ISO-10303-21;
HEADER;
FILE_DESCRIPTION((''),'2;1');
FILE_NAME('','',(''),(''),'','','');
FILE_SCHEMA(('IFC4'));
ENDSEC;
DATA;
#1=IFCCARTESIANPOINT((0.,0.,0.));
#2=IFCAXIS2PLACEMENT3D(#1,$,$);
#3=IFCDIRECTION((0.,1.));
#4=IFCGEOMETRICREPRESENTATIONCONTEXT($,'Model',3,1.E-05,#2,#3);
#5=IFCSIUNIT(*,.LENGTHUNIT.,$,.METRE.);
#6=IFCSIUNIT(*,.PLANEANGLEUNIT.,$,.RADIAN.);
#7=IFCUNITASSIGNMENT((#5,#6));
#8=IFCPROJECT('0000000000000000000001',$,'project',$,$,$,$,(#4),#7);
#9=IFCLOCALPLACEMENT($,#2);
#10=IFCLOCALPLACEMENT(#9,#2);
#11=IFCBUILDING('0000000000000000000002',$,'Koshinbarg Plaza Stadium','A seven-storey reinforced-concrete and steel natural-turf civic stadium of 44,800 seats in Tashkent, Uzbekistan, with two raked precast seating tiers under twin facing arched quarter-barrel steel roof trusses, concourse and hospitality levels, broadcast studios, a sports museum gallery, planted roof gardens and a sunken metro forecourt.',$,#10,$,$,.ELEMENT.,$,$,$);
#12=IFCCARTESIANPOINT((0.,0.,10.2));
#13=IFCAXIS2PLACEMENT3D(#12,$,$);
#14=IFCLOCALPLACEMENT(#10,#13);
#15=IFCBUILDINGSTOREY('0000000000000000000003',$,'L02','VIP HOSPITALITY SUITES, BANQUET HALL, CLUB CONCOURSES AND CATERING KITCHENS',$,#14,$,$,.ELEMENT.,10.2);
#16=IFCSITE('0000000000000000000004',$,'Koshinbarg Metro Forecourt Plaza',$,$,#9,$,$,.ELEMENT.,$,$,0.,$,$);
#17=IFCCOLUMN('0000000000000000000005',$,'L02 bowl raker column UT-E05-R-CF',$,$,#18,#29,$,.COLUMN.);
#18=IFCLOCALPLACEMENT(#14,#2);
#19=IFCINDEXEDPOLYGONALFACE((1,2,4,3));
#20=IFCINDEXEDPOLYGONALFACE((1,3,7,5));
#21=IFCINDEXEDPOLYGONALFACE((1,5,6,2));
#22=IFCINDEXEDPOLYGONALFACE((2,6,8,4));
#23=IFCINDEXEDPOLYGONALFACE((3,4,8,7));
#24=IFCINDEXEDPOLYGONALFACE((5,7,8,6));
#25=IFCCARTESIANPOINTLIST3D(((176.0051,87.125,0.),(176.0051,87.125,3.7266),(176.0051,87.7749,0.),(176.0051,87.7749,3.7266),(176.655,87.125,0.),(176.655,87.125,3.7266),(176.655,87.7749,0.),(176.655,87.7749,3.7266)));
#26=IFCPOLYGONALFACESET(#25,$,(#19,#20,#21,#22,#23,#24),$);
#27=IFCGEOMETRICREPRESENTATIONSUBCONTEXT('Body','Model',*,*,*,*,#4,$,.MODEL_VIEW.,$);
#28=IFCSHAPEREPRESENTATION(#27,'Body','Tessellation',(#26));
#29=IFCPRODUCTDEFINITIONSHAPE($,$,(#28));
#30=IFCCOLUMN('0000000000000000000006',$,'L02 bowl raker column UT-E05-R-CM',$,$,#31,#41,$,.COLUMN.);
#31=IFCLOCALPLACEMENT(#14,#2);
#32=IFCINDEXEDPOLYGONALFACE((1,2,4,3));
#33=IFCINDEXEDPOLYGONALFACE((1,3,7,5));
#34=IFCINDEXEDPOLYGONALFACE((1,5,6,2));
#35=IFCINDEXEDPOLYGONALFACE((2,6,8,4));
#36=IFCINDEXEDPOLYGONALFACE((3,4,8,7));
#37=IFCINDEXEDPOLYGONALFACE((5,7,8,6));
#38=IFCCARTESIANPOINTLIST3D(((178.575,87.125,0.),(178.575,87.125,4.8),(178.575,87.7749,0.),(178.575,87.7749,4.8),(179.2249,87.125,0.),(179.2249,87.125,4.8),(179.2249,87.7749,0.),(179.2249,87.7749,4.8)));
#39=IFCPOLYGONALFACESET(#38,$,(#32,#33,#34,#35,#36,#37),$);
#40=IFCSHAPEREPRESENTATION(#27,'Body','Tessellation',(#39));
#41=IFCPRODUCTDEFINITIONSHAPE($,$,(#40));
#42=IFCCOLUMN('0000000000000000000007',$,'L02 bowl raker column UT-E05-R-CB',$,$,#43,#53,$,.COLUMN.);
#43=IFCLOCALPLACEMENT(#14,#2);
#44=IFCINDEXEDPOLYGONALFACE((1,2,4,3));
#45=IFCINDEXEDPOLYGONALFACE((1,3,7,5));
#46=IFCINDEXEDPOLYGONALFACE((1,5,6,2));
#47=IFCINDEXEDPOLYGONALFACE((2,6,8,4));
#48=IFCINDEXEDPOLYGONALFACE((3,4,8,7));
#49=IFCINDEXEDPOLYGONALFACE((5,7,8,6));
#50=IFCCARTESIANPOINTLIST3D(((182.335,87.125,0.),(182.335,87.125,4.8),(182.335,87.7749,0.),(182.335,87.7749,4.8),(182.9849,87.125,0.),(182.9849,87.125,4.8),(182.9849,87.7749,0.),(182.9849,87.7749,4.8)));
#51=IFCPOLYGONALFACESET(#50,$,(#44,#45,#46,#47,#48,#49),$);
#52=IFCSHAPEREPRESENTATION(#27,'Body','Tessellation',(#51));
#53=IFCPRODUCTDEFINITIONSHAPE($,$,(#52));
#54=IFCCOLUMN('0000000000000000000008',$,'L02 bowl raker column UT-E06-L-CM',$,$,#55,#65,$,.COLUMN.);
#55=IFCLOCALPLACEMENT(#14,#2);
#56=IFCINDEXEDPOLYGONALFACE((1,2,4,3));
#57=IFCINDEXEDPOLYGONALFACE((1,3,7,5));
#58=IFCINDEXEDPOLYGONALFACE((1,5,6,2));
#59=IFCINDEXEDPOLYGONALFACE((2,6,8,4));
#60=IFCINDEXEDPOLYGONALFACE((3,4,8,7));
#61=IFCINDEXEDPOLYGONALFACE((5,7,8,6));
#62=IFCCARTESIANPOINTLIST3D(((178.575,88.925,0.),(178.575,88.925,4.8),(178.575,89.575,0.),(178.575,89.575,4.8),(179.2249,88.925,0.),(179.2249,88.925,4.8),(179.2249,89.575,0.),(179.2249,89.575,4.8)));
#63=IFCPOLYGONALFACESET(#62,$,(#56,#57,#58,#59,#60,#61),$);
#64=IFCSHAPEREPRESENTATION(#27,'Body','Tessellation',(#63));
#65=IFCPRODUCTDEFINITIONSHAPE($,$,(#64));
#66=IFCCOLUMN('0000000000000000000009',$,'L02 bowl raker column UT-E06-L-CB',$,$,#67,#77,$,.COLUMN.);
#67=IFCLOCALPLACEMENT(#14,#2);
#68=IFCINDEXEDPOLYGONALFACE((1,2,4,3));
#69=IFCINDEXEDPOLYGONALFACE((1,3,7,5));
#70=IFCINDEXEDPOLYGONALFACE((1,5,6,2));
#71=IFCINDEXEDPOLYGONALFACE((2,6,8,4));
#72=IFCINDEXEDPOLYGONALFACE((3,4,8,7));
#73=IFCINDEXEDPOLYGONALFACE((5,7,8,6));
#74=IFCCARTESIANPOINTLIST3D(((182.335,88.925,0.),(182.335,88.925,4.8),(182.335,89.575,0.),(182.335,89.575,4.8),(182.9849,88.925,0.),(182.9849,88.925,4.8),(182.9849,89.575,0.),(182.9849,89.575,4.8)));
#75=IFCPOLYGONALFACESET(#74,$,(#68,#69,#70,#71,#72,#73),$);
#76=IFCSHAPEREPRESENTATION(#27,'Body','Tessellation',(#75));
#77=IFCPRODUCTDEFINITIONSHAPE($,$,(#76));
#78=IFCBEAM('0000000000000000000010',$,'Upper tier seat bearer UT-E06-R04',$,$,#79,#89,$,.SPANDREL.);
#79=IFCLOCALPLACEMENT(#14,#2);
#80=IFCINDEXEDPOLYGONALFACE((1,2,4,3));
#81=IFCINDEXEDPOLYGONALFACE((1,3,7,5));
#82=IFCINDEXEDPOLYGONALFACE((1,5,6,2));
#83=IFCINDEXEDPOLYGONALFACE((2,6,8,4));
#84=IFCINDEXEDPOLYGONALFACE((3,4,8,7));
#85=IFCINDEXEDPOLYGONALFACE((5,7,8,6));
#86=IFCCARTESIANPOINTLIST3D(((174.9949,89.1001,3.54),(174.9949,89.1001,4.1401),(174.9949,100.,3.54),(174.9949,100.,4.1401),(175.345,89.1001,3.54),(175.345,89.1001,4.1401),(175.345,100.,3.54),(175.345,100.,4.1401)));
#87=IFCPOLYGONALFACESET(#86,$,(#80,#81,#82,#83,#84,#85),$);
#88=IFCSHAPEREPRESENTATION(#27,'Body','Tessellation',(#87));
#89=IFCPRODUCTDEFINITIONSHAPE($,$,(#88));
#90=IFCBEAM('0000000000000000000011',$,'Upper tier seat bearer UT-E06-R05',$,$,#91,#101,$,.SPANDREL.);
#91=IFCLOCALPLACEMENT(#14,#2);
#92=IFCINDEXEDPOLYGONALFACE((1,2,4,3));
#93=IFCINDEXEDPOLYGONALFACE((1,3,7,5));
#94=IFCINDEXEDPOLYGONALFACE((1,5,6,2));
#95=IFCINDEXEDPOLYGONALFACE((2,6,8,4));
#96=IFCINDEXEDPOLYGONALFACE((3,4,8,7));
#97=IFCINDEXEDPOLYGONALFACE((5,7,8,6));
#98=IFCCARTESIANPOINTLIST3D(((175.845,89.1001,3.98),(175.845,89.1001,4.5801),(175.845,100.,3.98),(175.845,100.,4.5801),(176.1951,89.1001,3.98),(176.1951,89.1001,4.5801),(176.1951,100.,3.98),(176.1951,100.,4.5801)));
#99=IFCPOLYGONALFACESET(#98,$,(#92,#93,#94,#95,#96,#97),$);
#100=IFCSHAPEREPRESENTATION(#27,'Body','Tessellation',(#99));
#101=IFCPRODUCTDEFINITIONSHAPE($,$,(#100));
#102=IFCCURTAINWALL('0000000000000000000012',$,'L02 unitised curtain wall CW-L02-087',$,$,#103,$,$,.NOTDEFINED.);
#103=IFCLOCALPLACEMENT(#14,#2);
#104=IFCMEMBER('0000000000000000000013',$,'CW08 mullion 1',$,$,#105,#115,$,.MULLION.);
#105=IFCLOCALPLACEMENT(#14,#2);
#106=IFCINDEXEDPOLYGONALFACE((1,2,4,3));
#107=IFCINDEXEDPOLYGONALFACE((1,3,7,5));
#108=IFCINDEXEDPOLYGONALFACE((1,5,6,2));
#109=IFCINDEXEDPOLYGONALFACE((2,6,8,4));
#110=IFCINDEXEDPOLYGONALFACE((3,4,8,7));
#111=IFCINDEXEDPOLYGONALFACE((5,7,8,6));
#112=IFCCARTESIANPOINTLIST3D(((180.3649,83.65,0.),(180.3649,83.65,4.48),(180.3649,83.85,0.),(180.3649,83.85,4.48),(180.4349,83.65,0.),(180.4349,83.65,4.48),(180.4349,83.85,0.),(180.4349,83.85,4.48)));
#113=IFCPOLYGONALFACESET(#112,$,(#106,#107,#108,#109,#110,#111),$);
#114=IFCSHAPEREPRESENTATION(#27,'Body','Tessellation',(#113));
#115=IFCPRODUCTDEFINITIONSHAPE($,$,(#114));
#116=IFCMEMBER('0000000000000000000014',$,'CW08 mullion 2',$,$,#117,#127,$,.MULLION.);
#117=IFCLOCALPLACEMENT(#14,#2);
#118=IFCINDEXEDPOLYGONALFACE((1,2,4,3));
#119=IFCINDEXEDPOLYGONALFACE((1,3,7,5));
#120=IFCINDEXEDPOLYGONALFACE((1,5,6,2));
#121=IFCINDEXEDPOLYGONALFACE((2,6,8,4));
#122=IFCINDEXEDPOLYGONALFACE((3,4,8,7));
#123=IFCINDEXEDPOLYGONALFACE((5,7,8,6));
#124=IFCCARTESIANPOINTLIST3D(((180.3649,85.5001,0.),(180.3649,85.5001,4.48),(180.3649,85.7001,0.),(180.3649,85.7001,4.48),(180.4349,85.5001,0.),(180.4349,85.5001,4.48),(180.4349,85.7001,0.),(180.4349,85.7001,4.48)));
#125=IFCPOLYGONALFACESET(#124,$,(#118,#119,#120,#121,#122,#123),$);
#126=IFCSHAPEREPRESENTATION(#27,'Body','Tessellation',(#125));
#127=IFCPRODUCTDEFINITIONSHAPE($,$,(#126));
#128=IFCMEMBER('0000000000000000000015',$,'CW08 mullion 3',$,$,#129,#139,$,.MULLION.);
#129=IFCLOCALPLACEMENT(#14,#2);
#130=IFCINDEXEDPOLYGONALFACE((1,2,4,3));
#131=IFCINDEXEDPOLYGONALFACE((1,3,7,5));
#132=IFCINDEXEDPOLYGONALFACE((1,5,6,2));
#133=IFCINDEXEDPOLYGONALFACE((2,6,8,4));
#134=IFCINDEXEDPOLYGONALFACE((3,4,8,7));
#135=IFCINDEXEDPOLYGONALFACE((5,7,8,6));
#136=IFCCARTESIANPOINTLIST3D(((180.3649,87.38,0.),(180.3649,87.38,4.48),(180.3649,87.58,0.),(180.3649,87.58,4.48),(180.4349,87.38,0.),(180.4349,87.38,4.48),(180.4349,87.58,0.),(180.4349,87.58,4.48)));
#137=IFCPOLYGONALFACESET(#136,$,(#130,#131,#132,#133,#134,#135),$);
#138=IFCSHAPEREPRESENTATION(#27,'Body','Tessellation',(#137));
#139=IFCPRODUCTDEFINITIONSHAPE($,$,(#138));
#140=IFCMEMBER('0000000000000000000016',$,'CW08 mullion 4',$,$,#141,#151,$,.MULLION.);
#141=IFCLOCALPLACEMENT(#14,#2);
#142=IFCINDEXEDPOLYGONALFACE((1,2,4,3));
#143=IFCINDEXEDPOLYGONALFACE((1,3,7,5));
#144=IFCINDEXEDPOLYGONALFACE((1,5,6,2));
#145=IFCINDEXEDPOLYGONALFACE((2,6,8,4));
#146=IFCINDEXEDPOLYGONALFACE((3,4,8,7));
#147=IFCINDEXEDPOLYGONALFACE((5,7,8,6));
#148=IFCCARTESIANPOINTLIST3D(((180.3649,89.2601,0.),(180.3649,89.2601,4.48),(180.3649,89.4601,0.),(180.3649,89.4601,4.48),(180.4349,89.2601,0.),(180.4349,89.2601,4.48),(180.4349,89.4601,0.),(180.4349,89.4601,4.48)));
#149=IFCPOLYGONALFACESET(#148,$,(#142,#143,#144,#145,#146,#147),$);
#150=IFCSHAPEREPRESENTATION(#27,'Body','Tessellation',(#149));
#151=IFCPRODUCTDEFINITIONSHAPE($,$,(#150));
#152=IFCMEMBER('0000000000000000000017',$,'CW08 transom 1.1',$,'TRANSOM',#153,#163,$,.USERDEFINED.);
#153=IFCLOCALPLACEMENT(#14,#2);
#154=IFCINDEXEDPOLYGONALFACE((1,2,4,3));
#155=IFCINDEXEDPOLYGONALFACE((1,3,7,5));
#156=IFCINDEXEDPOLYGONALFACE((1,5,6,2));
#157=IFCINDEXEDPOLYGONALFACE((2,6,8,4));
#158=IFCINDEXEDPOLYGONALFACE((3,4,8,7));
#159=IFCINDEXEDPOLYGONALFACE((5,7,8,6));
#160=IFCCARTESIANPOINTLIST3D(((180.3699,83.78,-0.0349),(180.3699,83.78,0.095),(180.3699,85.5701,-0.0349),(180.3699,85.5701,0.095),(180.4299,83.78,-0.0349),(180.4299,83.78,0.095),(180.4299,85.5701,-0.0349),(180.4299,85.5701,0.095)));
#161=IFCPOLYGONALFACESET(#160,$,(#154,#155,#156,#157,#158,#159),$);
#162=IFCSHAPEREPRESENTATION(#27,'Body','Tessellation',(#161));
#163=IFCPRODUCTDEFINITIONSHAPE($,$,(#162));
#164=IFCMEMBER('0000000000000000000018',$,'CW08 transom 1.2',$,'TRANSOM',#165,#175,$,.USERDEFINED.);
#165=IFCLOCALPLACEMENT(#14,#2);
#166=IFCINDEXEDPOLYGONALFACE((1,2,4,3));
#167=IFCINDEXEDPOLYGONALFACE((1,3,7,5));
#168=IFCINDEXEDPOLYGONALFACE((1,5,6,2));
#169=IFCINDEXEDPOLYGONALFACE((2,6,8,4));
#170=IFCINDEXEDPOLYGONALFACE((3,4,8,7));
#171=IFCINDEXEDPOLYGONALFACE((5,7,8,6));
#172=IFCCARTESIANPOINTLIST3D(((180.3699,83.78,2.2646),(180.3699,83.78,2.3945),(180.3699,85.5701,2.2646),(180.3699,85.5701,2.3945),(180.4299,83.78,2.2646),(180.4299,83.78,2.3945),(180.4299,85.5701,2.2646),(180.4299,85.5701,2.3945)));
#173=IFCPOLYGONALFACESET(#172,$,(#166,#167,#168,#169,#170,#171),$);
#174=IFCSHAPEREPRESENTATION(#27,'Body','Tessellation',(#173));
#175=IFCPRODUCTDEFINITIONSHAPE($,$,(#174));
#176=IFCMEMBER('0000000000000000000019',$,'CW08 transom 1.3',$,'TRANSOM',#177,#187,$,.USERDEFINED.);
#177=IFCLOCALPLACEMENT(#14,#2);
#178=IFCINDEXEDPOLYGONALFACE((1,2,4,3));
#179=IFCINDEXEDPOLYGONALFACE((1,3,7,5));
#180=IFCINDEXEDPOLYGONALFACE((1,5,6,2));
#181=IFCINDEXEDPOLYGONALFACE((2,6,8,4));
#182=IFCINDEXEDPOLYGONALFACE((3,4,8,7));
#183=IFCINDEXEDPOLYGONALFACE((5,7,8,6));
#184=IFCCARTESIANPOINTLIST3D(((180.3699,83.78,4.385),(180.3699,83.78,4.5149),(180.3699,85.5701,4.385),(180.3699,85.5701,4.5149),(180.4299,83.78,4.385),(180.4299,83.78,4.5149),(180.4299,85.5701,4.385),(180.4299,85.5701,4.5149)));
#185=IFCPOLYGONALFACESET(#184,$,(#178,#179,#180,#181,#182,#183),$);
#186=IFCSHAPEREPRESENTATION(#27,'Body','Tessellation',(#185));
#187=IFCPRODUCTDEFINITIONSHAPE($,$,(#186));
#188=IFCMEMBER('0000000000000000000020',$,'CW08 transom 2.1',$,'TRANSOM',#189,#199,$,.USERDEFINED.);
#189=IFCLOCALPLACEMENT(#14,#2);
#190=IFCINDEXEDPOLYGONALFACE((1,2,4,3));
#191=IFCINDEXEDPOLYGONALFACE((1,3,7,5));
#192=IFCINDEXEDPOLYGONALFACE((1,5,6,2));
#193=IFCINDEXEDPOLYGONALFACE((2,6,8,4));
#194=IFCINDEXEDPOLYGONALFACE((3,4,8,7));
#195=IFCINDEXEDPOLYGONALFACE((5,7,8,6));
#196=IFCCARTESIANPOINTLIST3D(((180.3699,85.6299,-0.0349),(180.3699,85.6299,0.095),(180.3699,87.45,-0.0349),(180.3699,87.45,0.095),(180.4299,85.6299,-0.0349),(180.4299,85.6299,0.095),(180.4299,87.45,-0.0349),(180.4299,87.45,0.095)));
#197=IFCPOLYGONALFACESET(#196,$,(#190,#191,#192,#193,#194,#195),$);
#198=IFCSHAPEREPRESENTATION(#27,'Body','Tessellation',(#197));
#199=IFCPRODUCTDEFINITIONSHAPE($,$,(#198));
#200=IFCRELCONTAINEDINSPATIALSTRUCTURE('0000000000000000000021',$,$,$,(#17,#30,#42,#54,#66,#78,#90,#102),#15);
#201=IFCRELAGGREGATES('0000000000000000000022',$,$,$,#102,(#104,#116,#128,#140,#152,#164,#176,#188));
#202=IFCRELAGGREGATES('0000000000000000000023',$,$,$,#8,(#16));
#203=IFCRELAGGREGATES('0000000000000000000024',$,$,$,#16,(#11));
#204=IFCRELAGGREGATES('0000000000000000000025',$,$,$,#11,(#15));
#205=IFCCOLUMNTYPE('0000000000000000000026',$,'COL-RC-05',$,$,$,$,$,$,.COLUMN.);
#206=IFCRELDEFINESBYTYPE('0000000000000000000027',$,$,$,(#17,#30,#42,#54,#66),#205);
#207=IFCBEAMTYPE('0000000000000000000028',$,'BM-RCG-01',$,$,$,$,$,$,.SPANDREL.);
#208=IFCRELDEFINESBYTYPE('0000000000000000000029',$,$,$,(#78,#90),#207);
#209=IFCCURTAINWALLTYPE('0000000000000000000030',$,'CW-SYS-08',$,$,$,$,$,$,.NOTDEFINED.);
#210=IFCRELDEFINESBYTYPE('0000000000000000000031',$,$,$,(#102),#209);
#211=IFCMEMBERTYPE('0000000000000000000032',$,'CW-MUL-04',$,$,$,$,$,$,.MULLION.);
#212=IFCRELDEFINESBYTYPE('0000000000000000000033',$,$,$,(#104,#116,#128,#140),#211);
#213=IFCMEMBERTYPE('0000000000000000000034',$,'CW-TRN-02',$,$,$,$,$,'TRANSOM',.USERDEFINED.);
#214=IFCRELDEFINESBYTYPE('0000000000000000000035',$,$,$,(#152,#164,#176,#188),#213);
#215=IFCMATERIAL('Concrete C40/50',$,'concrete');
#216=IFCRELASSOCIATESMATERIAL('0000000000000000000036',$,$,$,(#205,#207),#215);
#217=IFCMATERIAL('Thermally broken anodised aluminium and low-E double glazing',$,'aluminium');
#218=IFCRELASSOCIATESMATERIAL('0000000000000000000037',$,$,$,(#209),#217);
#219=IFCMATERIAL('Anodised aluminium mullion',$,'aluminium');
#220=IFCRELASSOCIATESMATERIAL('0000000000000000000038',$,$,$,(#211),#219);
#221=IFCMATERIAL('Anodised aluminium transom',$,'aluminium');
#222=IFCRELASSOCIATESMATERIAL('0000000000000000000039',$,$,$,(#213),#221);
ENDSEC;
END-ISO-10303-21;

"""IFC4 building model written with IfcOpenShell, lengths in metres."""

from ifc_helpers import new_model, si_unit, direction, frame, origin, origin_2d, place, context, subcontext, project, spatial, rectangle, extrude, material, material_profile, profile_set, type_object, element, aggregate, save


model = new_model("IFC4")

# Units and contexts
model_context = context("Model", 3, precision=1e-05, world=origin(), true_north=direction((0.0, 1.0)))
body_context = subcontext(model_context, "Body", "Model", "MODEL_VIEW")
ifc_project = project(units=[si_unit("LENGTHUNIT", "METRE"), si_unit("PLANEANGLEUNIT", "RADIAN")], contexts=[model_context])

# Site, building, storey
site_placement = place(None, origin())
site = spatial("IfcSite", under=ifc_project, at=site_placement, Name="Koshinbarg Metro Forecourt Plaza", CompositionType="ELEMENT", RefElevation=0.0)
building_placement = place(site_placement, origin())
building = spatial("IfcBuilding", under=site, at=building_placement, Name="Koshinbarg Plaza Stadium", Description="A seven-storey reinforced-concrete and steel natural-turf civic stadium of 44,800 seats in Tashkent, Uzbekistan, with two raked precast seating tiers under twin facing arched quarter-barrel steel roof trusses, concourse and hospitality levels, broadcast studios, a sports museum gallery, planted roof gardens and a sunken metro forecourt.", CompositionType="ELEMENT")
storey_placement = place(building_placement, frame((0.0, 0.0, 10.2)))
storey = spatial("IfcBuildingStorey", under=building, at=storey_placement, Name="L02", Description="VIP HOSPITALITY SUITES, BANQUET HALL, CLUB CONCOURSES AND CATERING KITCHENS", CompositionType="ELEMENT", Elevation=10.2)

# Columns
ifc_material_1 = material(Name="Concrete C40/50", Category="concrete")
ifc_material_profile_1 = material_profile(ifc_material_1, rectangle(XDim=0.6499, YDim=0.6499, at=origin_2d()), Name="RC 650x650")
ifc_profile_set_1 = profile_set([ifc_material_profile_1], Name="Concrete C40/50")
column_type = type_object("IfcColumnType", Name="COL-RC-05", PredefinedType="COLUMN", material=ifc_profile_set_1)
column_placement = place(storey_placement, frame((176.3301, 87.45, 0.0), z_axis=(0.0, 0.0, 1.0), x_axis=(1.0, 0.0, 0.0)))
element("IfcColumn", 1, at=column_placement, inside=storey, type_object=column_type, Name="L02 bowl raker column UT-E05-R-CF", PredefinedType="COLUMN", context=body_context, shape_type="SweptSolid", body=[
    extrude(rectangle(XDim=0.6499, YDim=0.6499, at=origin_2d()), origin(), (0.0, 0.0, 1.0), 3.7266),
])
for number, where, z_axis, x_axis, name in (
    (2, (178.8999, 87.45, 0.0), (0.0, 0.0, 1.0), (1.0, 0.0, 0.0), "L02 bowl raker column UT-E05-R-CM"),
    (3, (182.6599, 87.45, 0.0), (0.0, 0.0, 1.0), (1.0, 0.0, 0.0), "L02 bowl raker column UT-E05-R-CB"),
    (4, (178.8999, 89.25, 0.0), (0.0, 0.0, 1.0), (1.0, 0.0, 0.0), "L02 bowl raker column UT-E06-L-CM"),
    (5, (182.6599, 89.25, 0.0), (0.0, 0.0, 1.0), (1.0, 0.0, 0.0), "L02 bowl raker column UT-E06-L-CB"),
):
    element("IfcColumn", number, at=place(storey_placement, frame(where, z_axis=z_axis, x_axis=x_axis)), inside=storey, type_object=column_type, Name=name, PredefinedType="COLUMN", context=body_context, shape_type="SweptSolid", body=[
        extrude(rectangle(XDim=0.6499, YDim=0.6499, at=origin_2d()), origin(), (0.0, 0.0, 1.0), 4.8),
    ])

# Beams
ifc_material_profile_2 = material_profile(ifc_material_1, rectangle(XDim=0.3501, YDim=0.6001, at=origin_2d()), Name="RC 350x600")
ifc_profile_set_2 = profile_set([ifc_material_profile_2], Name="Concrete C40/50")
beam_type = type_object("IfcBeamType", Name="BM-RCG-01", PredefinedType="SPANDREL", material=ifc_profile_set_2)
for number, where, z_axis, x_axis, name in (
    (6, (175.1699, 89.1001, 3.8401), (0.0, 1.0, 0.0), (-1.0, 0.0, 0.0), "Upper tier seat bearer UT-E06-R04"),
    (7, (176.02, 89.1001, 4.28), (0.0, 1.0, 0.0), (-1.0, 0.0, 0.0), "Upper tier seat bearer UT-E06-R05"),
):
    element("IfcBeam", number, at=place(storey_placement, frame(where, z_axis=z_axis, x_axis=x_axis)), inside=storey, type_object=beam_type, Name=name, PredefinedType="SPANDREL", context=body_context, shape_type="SweptSolid", body=[
        extrude(rectangle(XDim=0.3501, YDim=0.6001, at=origin_2d()), origin(), (0.0, 0.0, 1.0), 10.8999),
    ])

# Curtain wall, members
ifc_material_2 = material(Name="Thermally broken anodised aluminium and low-E double glazing", Category="aluminium")
curtain_wall_type = type_object("IfcCurtainWallType", Name="CW-SYS-08", PredefinedType="NOTDEFINED", material=ifc_material_2)
curtain_wall_placement = place(storey_placement, origin())
curtain_wall = element("IfcCurtainWall", 8, at=curtain_wall_placement, inside=storey, type_object=curtain_wall_type, Name="L02 unitised curtain wall CW-L02-087", PredefinedType="NOTDEFINED")
ifc_material_3 = material(Name="Anodised aluminium mullion", Category="aluminium")
ifc_material_profile_3 = material_profile(ifc_material_3, rectangle(XDim=0.0701, YDim=0.2, at=origin_2d()), Name="ALU 70x200")
ifc_profile_set_3 = profile_set([ifc_material_profile_3], Name="Anodised aluminium mullion")
member_type_1 = type_object("IfcMemberType", Name="CW-MUL-04", PredefinedType="MULLION", material=ifc_profile_set_3)
member_1_placement = place(storey_placement, frame((180.3999, 83.75, 0.0), z_axis=(0.0, 0.0, 1.0), x_axis=(-1.0, 0.0, 0.0)))
member_1 = element("IfcMember", 9, at=member_1_placement, type_object=member_type_1, Name="CW08 mullion 1", PredefinedType="MULLION", context=body_context, shape_type="SweptSolid", body=[
    extrude(rectangle(XDim=0.0701, YDim=0.2, at=origin_2d()), origin(), (0.0, 0.0, 1.0), 4.48),
])
member_2_placement = place(storey_placement, frame((180.3999, 85.6001, 0.0), z_axis=(0.0, 0.0, 1.0), x_axis=(-1.0, 0.0, 0.0)))
member_2 = element("IfcMember", 10, at=member_2_placement, type_object=member_type_1, Name="CW08 mullion 2", PredefinedType="MULLION", context=body_context, shape_type="SweptSolid", body=[
    extrude(rectangle(XDim=0.0701, YDim=0.2, at=origin_2d()), origin(), (0.0, 0.0, 1.0), 4.48),
])
member_3_placement = place(storey_placement, frame((180.3999, 87.48, 0.0), z_axis=(0.0, 0.0, 1.0), x_axis=(-1.0, 0.0, 0.0)))
member_3 = element("IfcMember", 11, at=member_3_placement, type_object=member_type_1, Name="CW08 mullion 3", PredefinedType="MULLION", context=body_context, shape_type="SweptSolid", body=[
    extrude(rectangle(XDim=0.0701, YDim=0.2, at=origin_2d()), origin(), (0.0, 0.0, 1.0), 4.48),
])
member_4_placement = place(storey_placement, frame((180.3999, 89.3601, 0.0), z_axis=(0.0, 0.0, 1.0), x_axis=(-1.0, 0.0, 0.0)))
member_4 = element("IfcMember", 12, at=member_4_placement, type_object=member_type_1, Name="CW08 mullion 4", PredefinedType="MULLION", context=body_context, shape_type="SweptSolid", body=[
    extrude(rectangle(XDim=0.0701, YDim=0.2, at=origin_2d()), origin(), (0.0, 0.0, 1.0), 4.48),
])
ifc_material_4 = material(Name="Anodised aluminium transom", Category="aluminium")
ifc_material_profile_4 = material_profile(ifc_material_4, rectangle(XDim=0.0601, YDim=0.1299, at=origin_2d()), Name="ALU 60x130")
ifc_profile_set_4 = profile_set([ifc_material_profile_4], Name="Anodised aluminium transom")
member_type_2 = type_object("IfcMemberType", Name="CW-TRN-02", ElementType="TRANSOM", PredefinedType="USERDEFINED", material=ifc_profile_set_4)
member_5_placement = place(storey_placement, frame((180.3999, 83.78, 0.03), z_axis=(0.0, 1.0, 0.0), x_axis=(-1.0, 0.0, 0.0)))
member_5 = element("IfcMember", 13, at=member_5_placement, type_object=member_type_2, Name="CW08 transom 1.1", ObjectType="TRANSOM", PredefinedType="USERDEFINED", context=body_context, shape_type="SweptSolid", body=[
    extrude(rectangle(XDim=0.0601, YDim=0.1299, at=origin_2d()), origin(), (0.0, 0.0, 1.0), 1.79),
])
member_6_placement = place(storey_placement, frame((180.3999, 83.78, 2.3296), z_axis=(0.0, 1.0, 0.0), x_axis=(-1.0, 0.0, 0.0)))
member_6 = element("IfcMember", 14, at=member_6_placement, type_object=member_type_2, Name="CW08 transom 1.2", ObjectType="TRANSOM", PredefinedType="USERDEFINED", context=body_context, shape_type="SweptSolid", body=[
    extrude(rectangle(XDim=0.0601, YDim=0.1299, at=origin_2d()), origin(), (0.0, 0.0, 1.0), 1.79),
])
member_7_placement = place(storey_placement, frame((180.3999, 83.78, 4.45), z_axis=(0.0, 1.0, 0.0), x_axis=(-1.0, 0.0, 0.0)))
member_7 = element("IfcMember", 15, at=member_7_placement, type_object=member_type_2, Name="CW08 transom 1.3", ObjectType="TRANSOM", PredefinedType="USERDEFINED", context=body_context, shape_type="SweptSolid", body=[
    extrude(rectangle(XDim=0.0601, YDim=0.1299, at=origin_2d()), origin(), (0.0, 0.0, 1.0), 1.79),
])
member_8_placement = place(storey_placement, frame((180.3999, 85.6299, 0.03), z_axis=(0.0, 1.0, 0.0), x_axis=(-1.0, 0.0, 0.0)))
member_8 = element("IfcMember", 16, at=member_8_placement, type_object=member_type_2, Name="CW08 transom 2.1", ObjectType="TRANSOM", PredefinedType="USERDEFINED", context=body_context, shape_type="SweptSolid", body=[
    extrude(rectangle(XDim=0.0601, YDim=0.1299, at=origin_2d()), origin(), (0.0, 0.0, 1.0), 1.8201),
])

aggregate(curtain_wall, [member_1, member_2, member_3, member_4, member_5, member_6, member_7, member_8])

save(model, "model.ifc")
